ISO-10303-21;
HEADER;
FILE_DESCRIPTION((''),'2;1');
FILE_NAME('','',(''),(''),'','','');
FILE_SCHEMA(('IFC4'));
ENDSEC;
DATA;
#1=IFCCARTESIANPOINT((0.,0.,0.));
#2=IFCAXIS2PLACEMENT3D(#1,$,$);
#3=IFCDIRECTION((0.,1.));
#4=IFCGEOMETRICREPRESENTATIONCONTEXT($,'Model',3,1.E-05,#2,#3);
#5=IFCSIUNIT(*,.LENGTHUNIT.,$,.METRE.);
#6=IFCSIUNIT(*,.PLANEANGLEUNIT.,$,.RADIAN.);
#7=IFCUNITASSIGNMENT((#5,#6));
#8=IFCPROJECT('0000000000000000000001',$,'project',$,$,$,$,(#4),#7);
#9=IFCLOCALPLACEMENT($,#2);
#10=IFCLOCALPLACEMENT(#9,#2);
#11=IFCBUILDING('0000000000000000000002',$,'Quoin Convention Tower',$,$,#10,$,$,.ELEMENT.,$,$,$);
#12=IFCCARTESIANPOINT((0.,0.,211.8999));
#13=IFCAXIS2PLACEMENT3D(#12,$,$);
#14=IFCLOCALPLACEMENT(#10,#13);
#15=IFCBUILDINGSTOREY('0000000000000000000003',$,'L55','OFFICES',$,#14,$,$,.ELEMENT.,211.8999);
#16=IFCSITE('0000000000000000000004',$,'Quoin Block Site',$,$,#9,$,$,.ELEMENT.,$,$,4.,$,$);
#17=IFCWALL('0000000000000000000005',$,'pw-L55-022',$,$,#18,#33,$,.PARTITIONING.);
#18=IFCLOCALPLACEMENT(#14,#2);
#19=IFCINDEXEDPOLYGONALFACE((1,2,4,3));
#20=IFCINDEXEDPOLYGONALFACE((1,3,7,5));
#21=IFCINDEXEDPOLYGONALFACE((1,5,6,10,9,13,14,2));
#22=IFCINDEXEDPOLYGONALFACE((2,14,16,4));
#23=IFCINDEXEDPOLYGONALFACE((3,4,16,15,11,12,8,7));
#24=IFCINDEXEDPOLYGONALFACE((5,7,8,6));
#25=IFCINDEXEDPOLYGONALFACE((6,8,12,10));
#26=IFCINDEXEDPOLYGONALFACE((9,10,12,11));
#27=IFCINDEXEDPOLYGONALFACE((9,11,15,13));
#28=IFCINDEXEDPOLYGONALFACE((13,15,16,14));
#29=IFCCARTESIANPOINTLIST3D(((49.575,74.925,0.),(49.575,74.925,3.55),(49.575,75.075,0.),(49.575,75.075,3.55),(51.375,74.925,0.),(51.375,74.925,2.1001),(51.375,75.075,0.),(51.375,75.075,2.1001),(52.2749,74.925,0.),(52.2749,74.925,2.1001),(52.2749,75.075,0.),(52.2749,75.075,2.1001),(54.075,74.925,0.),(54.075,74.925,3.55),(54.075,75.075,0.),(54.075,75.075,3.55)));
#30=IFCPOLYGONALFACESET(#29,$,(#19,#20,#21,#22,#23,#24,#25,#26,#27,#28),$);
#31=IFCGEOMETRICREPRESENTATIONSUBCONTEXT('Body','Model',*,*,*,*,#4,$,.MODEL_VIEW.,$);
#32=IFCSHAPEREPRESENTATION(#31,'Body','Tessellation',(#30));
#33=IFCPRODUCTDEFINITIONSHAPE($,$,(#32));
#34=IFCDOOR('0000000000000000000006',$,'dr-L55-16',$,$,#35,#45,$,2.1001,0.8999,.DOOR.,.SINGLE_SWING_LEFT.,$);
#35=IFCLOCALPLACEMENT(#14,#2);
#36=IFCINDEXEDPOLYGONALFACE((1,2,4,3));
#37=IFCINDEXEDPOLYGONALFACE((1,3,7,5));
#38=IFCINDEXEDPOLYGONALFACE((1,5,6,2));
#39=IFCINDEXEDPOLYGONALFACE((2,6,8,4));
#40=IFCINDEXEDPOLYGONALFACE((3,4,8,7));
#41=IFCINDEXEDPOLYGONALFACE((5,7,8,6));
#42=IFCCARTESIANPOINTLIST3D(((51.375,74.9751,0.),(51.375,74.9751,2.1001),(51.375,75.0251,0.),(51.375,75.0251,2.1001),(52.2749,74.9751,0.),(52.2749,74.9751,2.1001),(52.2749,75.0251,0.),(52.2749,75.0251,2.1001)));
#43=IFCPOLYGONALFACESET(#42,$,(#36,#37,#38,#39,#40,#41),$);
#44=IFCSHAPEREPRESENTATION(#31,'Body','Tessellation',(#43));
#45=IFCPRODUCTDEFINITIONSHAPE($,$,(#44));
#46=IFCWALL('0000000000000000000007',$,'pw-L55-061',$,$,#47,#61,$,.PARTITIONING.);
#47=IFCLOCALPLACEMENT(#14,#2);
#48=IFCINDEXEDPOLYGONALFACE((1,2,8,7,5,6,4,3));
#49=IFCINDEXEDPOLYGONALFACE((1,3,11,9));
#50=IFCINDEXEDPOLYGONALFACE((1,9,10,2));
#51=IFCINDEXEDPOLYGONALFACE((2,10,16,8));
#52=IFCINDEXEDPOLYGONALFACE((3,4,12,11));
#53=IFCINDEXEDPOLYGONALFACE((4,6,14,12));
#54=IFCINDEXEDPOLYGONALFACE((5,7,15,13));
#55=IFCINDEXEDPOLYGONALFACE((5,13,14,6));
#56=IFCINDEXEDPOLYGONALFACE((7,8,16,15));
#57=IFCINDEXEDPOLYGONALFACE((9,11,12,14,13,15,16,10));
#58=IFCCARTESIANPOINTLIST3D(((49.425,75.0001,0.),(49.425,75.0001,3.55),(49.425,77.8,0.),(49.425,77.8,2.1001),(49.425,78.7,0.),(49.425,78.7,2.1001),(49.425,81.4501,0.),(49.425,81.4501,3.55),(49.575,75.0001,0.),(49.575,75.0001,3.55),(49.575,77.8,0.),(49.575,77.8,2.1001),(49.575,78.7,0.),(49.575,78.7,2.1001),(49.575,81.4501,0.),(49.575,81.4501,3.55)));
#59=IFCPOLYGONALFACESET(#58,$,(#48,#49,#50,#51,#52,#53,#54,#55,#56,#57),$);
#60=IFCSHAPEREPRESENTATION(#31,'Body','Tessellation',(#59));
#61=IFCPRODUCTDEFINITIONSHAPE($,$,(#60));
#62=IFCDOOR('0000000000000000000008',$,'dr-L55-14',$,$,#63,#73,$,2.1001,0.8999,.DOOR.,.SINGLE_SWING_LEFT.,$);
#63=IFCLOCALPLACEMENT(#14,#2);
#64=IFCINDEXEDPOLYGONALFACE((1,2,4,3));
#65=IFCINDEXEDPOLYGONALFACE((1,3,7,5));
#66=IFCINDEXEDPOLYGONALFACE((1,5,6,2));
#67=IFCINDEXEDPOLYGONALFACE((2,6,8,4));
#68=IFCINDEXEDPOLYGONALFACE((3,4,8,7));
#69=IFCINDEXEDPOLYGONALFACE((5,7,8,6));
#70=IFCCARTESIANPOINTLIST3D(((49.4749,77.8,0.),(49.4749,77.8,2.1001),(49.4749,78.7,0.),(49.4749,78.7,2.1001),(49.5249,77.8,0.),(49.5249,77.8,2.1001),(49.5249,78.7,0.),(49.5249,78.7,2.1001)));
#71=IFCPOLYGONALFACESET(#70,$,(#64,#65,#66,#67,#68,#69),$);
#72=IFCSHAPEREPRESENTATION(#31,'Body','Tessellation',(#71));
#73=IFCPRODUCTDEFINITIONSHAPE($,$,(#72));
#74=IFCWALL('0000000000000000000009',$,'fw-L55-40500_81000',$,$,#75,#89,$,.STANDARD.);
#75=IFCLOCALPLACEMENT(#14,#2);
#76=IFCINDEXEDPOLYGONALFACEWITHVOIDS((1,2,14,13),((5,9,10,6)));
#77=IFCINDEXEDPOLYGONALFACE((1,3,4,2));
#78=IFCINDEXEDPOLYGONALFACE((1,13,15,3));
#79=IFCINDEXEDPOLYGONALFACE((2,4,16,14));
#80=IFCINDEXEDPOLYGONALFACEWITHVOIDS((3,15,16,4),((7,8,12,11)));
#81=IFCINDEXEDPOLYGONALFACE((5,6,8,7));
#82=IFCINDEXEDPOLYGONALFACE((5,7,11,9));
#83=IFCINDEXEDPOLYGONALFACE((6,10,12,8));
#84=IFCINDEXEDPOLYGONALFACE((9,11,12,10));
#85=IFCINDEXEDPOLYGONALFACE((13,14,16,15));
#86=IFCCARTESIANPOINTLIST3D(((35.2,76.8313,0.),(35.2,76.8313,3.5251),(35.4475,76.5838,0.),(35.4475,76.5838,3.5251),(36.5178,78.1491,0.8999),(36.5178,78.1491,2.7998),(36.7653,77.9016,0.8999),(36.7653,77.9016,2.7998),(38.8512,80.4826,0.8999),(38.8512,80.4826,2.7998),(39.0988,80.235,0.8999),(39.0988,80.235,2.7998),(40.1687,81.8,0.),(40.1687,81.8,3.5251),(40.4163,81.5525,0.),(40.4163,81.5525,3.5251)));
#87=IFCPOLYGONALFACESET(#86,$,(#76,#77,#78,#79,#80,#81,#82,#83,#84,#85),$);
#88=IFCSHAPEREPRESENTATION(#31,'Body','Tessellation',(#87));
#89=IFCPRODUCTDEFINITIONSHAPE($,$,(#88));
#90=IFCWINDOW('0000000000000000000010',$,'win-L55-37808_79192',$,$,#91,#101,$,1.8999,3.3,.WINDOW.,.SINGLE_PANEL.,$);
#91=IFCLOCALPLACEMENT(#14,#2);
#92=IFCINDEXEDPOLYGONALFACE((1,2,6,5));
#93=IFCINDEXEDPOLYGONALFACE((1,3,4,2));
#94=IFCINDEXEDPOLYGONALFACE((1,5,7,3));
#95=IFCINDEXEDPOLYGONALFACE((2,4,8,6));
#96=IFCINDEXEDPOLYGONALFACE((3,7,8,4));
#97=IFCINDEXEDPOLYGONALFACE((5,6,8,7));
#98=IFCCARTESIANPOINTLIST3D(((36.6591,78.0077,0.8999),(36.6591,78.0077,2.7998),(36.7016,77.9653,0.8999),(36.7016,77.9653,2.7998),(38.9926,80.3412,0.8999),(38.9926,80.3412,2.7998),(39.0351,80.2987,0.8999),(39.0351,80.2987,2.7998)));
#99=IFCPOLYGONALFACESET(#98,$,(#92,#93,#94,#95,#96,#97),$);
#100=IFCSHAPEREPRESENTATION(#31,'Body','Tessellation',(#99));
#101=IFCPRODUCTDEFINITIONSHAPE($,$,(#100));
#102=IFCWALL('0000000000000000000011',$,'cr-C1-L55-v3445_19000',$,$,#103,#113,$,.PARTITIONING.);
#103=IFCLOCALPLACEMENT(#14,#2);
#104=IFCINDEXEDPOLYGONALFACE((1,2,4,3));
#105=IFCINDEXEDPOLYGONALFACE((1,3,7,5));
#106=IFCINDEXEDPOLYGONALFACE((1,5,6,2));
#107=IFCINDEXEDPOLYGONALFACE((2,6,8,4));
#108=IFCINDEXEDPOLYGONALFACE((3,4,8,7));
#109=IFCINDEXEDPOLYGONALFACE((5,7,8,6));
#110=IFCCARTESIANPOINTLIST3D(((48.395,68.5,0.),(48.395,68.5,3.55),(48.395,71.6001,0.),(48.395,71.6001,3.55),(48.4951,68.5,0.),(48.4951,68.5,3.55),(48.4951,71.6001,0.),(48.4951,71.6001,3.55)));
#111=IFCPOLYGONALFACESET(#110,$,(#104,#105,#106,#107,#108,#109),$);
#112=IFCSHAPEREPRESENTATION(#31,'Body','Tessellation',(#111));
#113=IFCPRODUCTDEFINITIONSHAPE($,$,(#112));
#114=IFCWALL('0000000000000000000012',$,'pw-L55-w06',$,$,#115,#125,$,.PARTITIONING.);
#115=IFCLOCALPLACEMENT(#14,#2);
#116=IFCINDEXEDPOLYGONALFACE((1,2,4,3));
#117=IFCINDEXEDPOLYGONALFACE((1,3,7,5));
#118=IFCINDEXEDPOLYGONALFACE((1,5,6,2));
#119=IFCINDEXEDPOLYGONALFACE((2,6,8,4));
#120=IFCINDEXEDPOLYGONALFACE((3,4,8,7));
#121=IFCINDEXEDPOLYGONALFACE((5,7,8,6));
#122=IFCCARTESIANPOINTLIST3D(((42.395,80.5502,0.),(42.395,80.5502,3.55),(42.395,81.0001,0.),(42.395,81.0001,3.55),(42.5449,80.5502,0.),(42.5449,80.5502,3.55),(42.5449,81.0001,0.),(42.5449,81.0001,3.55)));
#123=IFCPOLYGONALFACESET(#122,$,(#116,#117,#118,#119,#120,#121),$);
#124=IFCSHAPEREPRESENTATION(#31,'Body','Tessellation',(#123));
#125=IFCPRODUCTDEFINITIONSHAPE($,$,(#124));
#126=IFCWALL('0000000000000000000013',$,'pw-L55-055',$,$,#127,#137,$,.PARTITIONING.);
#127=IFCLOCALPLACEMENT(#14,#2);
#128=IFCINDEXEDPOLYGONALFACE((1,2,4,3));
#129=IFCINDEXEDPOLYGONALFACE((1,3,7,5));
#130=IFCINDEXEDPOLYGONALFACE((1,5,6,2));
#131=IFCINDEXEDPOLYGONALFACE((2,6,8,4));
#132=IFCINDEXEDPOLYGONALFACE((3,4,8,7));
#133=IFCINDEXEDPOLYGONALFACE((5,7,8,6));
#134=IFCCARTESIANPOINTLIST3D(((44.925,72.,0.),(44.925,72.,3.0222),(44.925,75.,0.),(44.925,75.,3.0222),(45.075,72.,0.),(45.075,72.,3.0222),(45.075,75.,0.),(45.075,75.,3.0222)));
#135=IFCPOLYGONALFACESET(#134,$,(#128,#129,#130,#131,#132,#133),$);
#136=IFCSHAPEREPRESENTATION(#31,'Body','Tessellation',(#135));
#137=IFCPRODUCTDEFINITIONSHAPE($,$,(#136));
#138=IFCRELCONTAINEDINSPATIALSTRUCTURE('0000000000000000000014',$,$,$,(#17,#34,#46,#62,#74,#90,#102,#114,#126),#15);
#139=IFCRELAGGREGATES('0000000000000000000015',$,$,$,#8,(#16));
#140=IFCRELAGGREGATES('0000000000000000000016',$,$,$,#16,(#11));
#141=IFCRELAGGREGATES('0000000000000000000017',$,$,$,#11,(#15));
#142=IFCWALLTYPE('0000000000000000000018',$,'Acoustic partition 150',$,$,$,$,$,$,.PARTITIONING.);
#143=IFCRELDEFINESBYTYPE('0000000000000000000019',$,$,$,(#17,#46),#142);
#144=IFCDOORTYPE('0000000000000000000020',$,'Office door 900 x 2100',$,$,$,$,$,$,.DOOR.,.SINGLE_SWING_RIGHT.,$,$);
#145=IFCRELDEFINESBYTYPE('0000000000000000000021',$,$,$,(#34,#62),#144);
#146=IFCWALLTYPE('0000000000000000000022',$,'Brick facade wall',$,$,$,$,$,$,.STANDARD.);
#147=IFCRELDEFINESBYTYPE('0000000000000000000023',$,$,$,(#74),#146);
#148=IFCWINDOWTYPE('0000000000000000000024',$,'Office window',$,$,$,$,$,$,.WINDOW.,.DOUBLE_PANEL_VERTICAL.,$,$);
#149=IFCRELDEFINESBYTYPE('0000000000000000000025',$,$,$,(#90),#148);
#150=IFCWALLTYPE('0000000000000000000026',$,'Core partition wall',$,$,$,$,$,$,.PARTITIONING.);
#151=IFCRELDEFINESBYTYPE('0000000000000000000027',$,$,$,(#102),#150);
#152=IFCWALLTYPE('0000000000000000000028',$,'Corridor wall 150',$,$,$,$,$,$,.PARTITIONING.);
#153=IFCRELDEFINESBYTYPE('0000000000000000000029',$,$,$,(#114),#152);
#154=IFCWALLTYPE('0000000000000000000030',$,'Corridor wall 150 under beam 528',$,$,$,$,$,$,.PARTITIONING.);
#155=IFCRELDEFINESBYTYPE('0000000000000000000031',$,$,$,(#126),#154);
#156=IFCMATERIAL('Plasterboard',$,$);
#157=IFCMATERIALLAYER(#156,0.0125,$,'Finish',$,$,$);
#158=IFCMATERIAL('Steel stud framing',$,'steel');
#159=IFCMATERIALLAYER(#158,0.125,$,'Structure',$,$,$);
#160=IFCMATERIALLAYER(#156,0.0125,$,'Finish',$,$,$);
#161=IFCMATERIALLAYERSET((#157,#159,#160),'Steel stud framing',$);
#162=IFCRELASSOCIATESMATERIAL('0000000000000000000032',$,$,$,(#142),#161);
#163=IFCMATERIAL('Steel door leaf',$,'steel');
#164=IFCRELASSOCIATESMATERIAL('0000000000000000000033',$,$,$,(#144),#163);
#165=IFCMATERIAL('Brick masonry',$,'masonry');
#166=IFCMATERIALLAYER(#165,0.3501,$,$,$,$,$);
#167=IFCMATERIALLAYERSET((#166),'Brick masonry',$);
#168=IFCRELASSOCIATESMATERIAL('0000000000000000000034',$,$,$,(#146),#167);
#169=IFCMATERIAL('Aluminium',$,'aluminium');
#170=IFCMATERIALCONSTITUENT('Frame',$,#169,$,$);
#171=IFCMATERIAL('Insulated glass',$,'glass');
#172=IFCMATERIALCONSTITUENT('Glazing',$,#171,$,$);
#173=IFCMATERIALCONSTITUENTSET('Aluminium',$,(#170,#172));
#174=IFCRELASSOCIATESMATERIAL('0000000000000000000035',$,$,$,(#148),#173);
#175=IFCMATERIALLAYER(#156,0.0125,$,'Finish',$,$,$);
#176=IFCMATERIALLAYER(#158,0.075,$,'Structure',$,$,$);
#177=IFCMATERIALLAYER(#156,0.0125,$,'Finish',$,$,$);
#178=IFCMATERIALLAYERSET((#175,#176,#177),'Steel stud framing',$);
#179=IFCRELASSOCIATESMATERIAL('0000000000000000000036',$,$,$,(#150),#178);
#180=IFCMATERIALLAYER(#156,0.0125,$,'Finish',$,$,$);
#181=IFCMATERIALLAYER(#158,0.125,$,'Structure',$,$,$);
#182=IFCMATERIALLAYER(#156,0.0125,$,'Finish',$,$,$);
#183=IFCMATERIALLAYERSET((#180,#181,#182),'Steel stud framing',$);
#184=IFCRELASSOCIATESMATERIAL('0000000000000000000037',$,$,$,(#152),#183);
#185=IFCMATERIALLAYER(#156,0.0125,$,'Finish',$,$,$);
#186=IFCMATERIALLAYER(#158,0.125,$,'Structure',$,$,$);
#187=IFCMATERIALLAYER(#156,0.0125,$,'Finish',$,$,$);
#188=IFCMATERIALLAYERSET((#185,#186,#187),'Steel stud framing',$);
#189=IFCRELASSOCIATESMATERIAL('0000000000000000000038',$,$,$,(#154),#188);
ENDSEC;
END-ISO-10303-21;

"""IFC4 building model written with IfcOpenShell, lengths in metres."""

from ifc_helpers import new_model, si_unit, direction, frame, frame_2d, origin, place, context, subcontext, project, spatial, rectangle, extrude, material, layer, layer_set, constituent, constituent_set, type_object, element, fill, save


model = new_model("IFC4")

# Units and contexts
model_context = context("Model", 3, precision=1e-05, world=origin(), true_north=direction((0.0, 1.0)))
body_context = subcontext(model_context, "Body", "Model", "MODEL_VIEW")
ifc_project = project(units=[si_unit("LENGTHUNIT", "METRE"), si_unit("PLANEANGLEUNIT", "RADIAN")], contexts=[model_context])

# Site, building, storey
site_placement = place(None, origin())
site = spatial("IfcSite", under=ifc_project, at=site_placement, Name="Quoin Block Site", CompositionType="ELEMENT", RefElevation=4.0)
building_placement = place(site_placement, origin())
building = spatial("IfcBuilding", under=site, at=building_placement, Name="Quoin Convention Tower", CompositionType="ELEMENT")
storey_placement = place(building_placement, frame((0.0, 0.0, 211.8999)))
storey = spatial("IfcBuildingStorey", under=building, at=storey_placement, Name="L55", Description="OFFICES", CompositionType="ELEMENT", Elevation=211.8999)

# Walls, openings, doors
ifc_material_1 = material(Name="Plasterboard")
ifc_layer_1 = layer(ifc_material_1, 0.0125, Name="Finish")
ifc_material_2 = material(Name="Steel stud framing", Category="steel")
ifc_layer_2 = layer(ifc_material_2, 0.125, Name="Structure")
ifc_layer_3 = layer(ifc_material_1, 0.0125, Name="Finish")
ifc_layer_set_1 = layer_set([ifc_layer_1, ifc_layer_2, ifc_layer_3], Name="Steel stud framing")
wall_type_1 = type_object("IfcWallType", Name="Acoustic partition 150", PredefinedType="PARTITIONING", material=ifc_layer_set_1)
wall_1_placement = place(storey_placement, frame((49.575, 75.0, 0.0), z_axis=(0.0, 0.0, 1.0), x_axis=(1.0, 0.0, 0.0)))
wall_1 = element("IfcWall", 1, at=wall_1_placement, inside=storey, type_object=wall_type_1, Name="pw-L55-022", PredefinedType="PARTITIONING", context=body_context, shape_type="SweptSolid", body=[
    extrude(rectangle(XDim=4.5, YDim=0.1499, at=frame_2d((2.25, 0.0))), origin(), (0.0, 0.0, 1.0), 3.55),
])
opening_1_placement = place(wall_1_placement, frame((1.8, 0.0, 0.0)))
opening_1 = element("IfcOpeningElement", 2, at=opening_1_placement, cuts=wall_1, PredefinedType="OPENING", context=body_context, shape_type="SweptSolid", body=[
    extrude(rectangle(XDim=0.8999, YDim=2.1001, at=frame_2d((0.45, 1.05))), frame((0.0, 0.085, 0.0), z_axis=(0.0, -1.0, 0.0), x_axis=(1.0, 0.0, 0.0)), (0.0, 0.0, 1.0), 0.1699),
])
ifc_material_3 = material(Name="Steel door leaf", Category="steel")
door_type_1 = type_object("IfcDoorType", Name="Office door 900 x 2100", OperationType="SINGLE_SWING_RIGHT", PredefinedType="DOOR", material=ifc_material_3)
door_1_placement = place(opening_1_placement, frame((0.8999, 0.0, 0.0), z_axis=(0.0, 0.0, 1.0), x_axis=(-1.0, 0.0, 0.0)))
door_1 = element("IfcDoor", 3, at=door_1_placement, inside=storey, type_object=door_type_1, Name="dr-L55-16", OperationType="SINGLE_SWING_LEFT", OverallHeight=2.1001, OverallWidth=0.8999, PredefinedType="DOOR", context=body_context, shape_type="SweptSolid", body=[
    extrude(rectangle(XDim=0.8999, YDim=2.1001, at=frame_2d((0.45, 1.05))), frame((0.0, 0.0249, 0.0), z_axis=(0.0, -1.0, 0.0), x_axis=(1.0, 0.0, 0.0)), (0.0, 0.0, 1.0), 0.05),
])
fill(opening_1, door_1)
wall_2_placement = place(storey_placement, frame((49.5, 75.0, 0.0), z_axis=(0.0, 0.0, 1.0), x_axis=(0.0, 1.0, 0.0)))
wall_2 = element("IfcWall", 4, at=wall_2_placement, inside=storey, type_object=wall_type_1, Name="pw-L55-061", PredefinedType="PARTITIONING", context=body_context, shape_type="SweptSolid", body=[
    extrude(rectangle(XDim=6.45, YDim=0.1499, at=frame_2d((3.2251, 0.0))), origin(), (0.0, 0.0, 1.0), 3.55),
])
opening_2_placement = place(wall_2_placement, frame((2.8, 0.0, 0.0)))
opening_2 = element("IfcOpeningElement", 5, at=opening_2_placement, cuts=wall_2, PredefinedType="OPENING", context=body_context, shape_type="SweptSolid", body=[
    extrude(rectangle(XDim=0.8999, YDim=2.1001, at=frame_2d((0.45, 1.05))), frame((0.0, 0.085, 0.0), z_axis=(0.0, -1.0, 0.0), x_axis=(1.0, 0.0, 0.0)), (0.0, 0.0, 1.0), 0.1699),
])
door_2_placement = place(opening_2_placement, frame((0.8999, 0.0, 0.0), z_axis=(0.0, 0.0, 1.0), x_axis=(-1.0, 0.0, 0.0)))
door_2 = element("IfcDoor", 6, at=door_2_placement, inside=storey, type_object=door_type_1, Name="dr-L55-14", OperationType="SINGLE_SWING_LEFT", OverallHeight=2.1001, OverallWidth=0.8999, PredefinedType="DOOR", context=body_context, shape_type="SweptSolid", body=[
    extrude(rectangle(XDim=0.8999, YDim=2.1001, at=frame_2d((0.45, 1.05))), frame((0.0, 0.0249, 0.0), z_axis=(0.0, -1.0, 0.0), x_axis=(1.0, 0.0, 0.0)), (0.0, 0.0, 1.0), 0.05),
])
fill(opening_2, door_2)

# Wall, opening, window
ifc_material_4 = material(Name="Brick masonry", Category="masonry")
ifc_layer_4 = layer(ifc_material_4, 0.3501)
ifc_layer_set_2 = layer_set([ifc_layer_4], Name="Brick masonry")
wall_type_2 = type_object("IfcWallType", Name="Brick facade wall", PredefinedType="STANDARD", material=ifc_layer_set_2)
wall_3_placement = place(storey_placement, frame((40.2925, 81.6763, 0.0), z_axis=(0.0, 0.0, 1.0), x_axis=(-0.707107, -0.707107, 0.0)))
wall_3 = element("IfcWall", 7, at=wall_3_placement, inside=storey, type_object=wall_type_2, Name="fw-L55-40500_81000", PredefinedType="STANDARD", context=body_context, shape_type="SweptSolid", body=[
    extrude(rectangle(XDim=7.0269, YDim=0.3501, at=frame_2d((3.5134, 0.0))), origin(), (0.0, 0.0, 1.0), 3.5251),
])
opening_3_placement = place(wall_3_placement, frame((1.8633, 0.0, 0.8999)))
opening_3 = element("IfcOpeningElement", 8, at=opening_3_placement, cuts=wall_3, PredefinedType="OPENING", context=body_context, shape_type="SweptSolid", body=[
    extrude(rectangle(XDim=3.3, YDim=1.8999, at=frame_2d((1.6499, 0.95))), frame((0.0, 0.1851, 0.0), z_axis=(0.0, -1.0, 0.0), x_axis=(1.0, 0.0, 0.0)), (0.0, 0.0, 1.0), 0.3701),
])
ifc_material_5 = material(Name="Aluminium", Category="aluminium")
ifc_constituent_1 = constituent(ifc_material_5, Name="Frame")
ifc_material_6 = material(Name="Insulated glass", Category="glass")
ifc_constituent_2 = constituent(ifc_material_6, Name="Glazing")
ifc_constituent_set = constituent_set(constituents=[ifc_constituent_1, ifc_constituent_2], Name="Aluminium")
window_type = type_object("IfcWindowType", Name="Office window", PartitioningType="DOUBLE_PANEL_VERTICAL", PredefinedType="WINDOW", material=ifc_constituent_set)
window_placement = place(opening_3_placement, origin())
window = element("IfcWindow", 9, at=window_placement, inside=storey, type_object=window_type, Name="win-L55-37808_79192", OverallHeight=1.8999, OverallWidth=3.3, PartitioningType="SINGLE_PANEL", PredefinedType="WINDOW", context=body_context, shape_type="SweptSolid", body=[
    extrude(rectangle(XDim=3.3, YDim=1.8999, at=frame_2d((1.6499, 0.95))), frame((0.0, 0.085, 0.0), z_axis=(0.0, -1.0, 0.0), x_axis=(1.0, 0.0, 0.0)), (0.0, 0.0, 1.0), 0.0601),
])
fill(opening_3, window)

# Walls
ifc_layer_5 = layer(ifc_material_1, 0.0125, Name="Finish")
ifc_layer_6 = layer(ifc_material_2, 0.075, Name="Structure")
ifc_layer_7 = layer(ifc_material_1, 0.0125, Name="Finish")
ifc_layer_set_3 = layer_set([ifc_layer_5, ifc_layer_6, ifc_layer_7], Name="Steel stud framing")
wall_type_3 = type_object("IfcWallType", Name="Core partition wall", PredefinedType="PARTITIONING", material=ifc_layer_set_3)
wall_4_placement = place(storey_placement, frame((48.4451, 68.5, 0.0), z_axis=(0.0, 0.0, 1.0), x_axis=(0.0, 1.0, 0.0)))
element("IfcWall", 10, at=wall_4_placement, inside=storey, type_object=wall_type_3, Name="cr-C1-L55-v3445_19000", PredefinedType="PARTITIONING", context=body_context, shape_type="SweptSolid", body=[
    extrude(rectangle(XDim=3.1001, YDim=0.1001, at=frame_2d((1.55, 0.0))), origin(), (0.0, 0.0, 1.0), 3.55),
])
ifc_layer_8 = layer(ifc_material_1, 0.0125, Name="Finish")
ifc_layer_9 = layer(ifc_material_2, 0.125, Name="Structure")
ifc_layer_10 = layer(ifc_material_1, 0.0125, Name="Finish")
ifc_layer_set_4 = layer_set([ifc_layer_8, ifc_layer_9, ifc_layer_10], Name="Steel stud framing")
wall_type_4 = type_object("IfcWallType", Name="Corridor wall 150", PredefinedType="PARTITIONING", material=ifc_layer_set_4)
wall_5_placement = place(storey_placement, frame((42.47, 80.55, 0.0), z_axis=(0.0, 0.0, 1.0), x_axis=(0.0, 1.0, 0.0)))
element("IfcWall", 11, at=wall_5_placement, inside=storey, type_object=wall_type_4, Name="pw-L55-w06", PredefinedType="PARTITIONING", context=body_context, shape_type="SweptSolid", body=[
    extrude(rectangle(XDim=0.45, YDim=0.1499, at=frame_2d((0.2251, 0.0))), origin(), (0.0, 0.0, 1.0), 3.55),
])
ifc_layer_11 = layer(ifc_material_1, 0.0125, Name="Finish")
ifc_layer_12 = layer(ifc_material_2, 0.125, Name="Structure")
ifc_layer_13 = layer(ifc_material_1, 0.0125, Name="Finish")
ifc_layer_set_5 = layer_set([ifc_layer_11, ifc_layer_12, ifc_layer_13], Name="Steel stud framing")
wall_type_5 = type_object("IfcWallType", Name="Corridor wall 150 under beam 528", PredefinedType="PARTITIONING", material=ifc_layer_set_5)
wall_6_placement = place(storey_placement, frame((45.0, 72.0, 0.0), z_axis=(0.0, 0.0, 1.0), x_axis=(0.0, 1.0, 0.0)))
element("IfcWall", 12, at=wall_6_placement, inside=storey, type_object=wall_type_5, Name="pw-L55-055", PredefinedType="PARTITIONING", context=body_context, shape_type="SweptSolid", body=[
    extrude(rectangle(XDim=3.0, YDim=0.1499, at=frame_2d((1.5, 0.0))), origin(), (0.0, 0.0, 1.0), 3.0222),
])

save(model, "model.ifc")
